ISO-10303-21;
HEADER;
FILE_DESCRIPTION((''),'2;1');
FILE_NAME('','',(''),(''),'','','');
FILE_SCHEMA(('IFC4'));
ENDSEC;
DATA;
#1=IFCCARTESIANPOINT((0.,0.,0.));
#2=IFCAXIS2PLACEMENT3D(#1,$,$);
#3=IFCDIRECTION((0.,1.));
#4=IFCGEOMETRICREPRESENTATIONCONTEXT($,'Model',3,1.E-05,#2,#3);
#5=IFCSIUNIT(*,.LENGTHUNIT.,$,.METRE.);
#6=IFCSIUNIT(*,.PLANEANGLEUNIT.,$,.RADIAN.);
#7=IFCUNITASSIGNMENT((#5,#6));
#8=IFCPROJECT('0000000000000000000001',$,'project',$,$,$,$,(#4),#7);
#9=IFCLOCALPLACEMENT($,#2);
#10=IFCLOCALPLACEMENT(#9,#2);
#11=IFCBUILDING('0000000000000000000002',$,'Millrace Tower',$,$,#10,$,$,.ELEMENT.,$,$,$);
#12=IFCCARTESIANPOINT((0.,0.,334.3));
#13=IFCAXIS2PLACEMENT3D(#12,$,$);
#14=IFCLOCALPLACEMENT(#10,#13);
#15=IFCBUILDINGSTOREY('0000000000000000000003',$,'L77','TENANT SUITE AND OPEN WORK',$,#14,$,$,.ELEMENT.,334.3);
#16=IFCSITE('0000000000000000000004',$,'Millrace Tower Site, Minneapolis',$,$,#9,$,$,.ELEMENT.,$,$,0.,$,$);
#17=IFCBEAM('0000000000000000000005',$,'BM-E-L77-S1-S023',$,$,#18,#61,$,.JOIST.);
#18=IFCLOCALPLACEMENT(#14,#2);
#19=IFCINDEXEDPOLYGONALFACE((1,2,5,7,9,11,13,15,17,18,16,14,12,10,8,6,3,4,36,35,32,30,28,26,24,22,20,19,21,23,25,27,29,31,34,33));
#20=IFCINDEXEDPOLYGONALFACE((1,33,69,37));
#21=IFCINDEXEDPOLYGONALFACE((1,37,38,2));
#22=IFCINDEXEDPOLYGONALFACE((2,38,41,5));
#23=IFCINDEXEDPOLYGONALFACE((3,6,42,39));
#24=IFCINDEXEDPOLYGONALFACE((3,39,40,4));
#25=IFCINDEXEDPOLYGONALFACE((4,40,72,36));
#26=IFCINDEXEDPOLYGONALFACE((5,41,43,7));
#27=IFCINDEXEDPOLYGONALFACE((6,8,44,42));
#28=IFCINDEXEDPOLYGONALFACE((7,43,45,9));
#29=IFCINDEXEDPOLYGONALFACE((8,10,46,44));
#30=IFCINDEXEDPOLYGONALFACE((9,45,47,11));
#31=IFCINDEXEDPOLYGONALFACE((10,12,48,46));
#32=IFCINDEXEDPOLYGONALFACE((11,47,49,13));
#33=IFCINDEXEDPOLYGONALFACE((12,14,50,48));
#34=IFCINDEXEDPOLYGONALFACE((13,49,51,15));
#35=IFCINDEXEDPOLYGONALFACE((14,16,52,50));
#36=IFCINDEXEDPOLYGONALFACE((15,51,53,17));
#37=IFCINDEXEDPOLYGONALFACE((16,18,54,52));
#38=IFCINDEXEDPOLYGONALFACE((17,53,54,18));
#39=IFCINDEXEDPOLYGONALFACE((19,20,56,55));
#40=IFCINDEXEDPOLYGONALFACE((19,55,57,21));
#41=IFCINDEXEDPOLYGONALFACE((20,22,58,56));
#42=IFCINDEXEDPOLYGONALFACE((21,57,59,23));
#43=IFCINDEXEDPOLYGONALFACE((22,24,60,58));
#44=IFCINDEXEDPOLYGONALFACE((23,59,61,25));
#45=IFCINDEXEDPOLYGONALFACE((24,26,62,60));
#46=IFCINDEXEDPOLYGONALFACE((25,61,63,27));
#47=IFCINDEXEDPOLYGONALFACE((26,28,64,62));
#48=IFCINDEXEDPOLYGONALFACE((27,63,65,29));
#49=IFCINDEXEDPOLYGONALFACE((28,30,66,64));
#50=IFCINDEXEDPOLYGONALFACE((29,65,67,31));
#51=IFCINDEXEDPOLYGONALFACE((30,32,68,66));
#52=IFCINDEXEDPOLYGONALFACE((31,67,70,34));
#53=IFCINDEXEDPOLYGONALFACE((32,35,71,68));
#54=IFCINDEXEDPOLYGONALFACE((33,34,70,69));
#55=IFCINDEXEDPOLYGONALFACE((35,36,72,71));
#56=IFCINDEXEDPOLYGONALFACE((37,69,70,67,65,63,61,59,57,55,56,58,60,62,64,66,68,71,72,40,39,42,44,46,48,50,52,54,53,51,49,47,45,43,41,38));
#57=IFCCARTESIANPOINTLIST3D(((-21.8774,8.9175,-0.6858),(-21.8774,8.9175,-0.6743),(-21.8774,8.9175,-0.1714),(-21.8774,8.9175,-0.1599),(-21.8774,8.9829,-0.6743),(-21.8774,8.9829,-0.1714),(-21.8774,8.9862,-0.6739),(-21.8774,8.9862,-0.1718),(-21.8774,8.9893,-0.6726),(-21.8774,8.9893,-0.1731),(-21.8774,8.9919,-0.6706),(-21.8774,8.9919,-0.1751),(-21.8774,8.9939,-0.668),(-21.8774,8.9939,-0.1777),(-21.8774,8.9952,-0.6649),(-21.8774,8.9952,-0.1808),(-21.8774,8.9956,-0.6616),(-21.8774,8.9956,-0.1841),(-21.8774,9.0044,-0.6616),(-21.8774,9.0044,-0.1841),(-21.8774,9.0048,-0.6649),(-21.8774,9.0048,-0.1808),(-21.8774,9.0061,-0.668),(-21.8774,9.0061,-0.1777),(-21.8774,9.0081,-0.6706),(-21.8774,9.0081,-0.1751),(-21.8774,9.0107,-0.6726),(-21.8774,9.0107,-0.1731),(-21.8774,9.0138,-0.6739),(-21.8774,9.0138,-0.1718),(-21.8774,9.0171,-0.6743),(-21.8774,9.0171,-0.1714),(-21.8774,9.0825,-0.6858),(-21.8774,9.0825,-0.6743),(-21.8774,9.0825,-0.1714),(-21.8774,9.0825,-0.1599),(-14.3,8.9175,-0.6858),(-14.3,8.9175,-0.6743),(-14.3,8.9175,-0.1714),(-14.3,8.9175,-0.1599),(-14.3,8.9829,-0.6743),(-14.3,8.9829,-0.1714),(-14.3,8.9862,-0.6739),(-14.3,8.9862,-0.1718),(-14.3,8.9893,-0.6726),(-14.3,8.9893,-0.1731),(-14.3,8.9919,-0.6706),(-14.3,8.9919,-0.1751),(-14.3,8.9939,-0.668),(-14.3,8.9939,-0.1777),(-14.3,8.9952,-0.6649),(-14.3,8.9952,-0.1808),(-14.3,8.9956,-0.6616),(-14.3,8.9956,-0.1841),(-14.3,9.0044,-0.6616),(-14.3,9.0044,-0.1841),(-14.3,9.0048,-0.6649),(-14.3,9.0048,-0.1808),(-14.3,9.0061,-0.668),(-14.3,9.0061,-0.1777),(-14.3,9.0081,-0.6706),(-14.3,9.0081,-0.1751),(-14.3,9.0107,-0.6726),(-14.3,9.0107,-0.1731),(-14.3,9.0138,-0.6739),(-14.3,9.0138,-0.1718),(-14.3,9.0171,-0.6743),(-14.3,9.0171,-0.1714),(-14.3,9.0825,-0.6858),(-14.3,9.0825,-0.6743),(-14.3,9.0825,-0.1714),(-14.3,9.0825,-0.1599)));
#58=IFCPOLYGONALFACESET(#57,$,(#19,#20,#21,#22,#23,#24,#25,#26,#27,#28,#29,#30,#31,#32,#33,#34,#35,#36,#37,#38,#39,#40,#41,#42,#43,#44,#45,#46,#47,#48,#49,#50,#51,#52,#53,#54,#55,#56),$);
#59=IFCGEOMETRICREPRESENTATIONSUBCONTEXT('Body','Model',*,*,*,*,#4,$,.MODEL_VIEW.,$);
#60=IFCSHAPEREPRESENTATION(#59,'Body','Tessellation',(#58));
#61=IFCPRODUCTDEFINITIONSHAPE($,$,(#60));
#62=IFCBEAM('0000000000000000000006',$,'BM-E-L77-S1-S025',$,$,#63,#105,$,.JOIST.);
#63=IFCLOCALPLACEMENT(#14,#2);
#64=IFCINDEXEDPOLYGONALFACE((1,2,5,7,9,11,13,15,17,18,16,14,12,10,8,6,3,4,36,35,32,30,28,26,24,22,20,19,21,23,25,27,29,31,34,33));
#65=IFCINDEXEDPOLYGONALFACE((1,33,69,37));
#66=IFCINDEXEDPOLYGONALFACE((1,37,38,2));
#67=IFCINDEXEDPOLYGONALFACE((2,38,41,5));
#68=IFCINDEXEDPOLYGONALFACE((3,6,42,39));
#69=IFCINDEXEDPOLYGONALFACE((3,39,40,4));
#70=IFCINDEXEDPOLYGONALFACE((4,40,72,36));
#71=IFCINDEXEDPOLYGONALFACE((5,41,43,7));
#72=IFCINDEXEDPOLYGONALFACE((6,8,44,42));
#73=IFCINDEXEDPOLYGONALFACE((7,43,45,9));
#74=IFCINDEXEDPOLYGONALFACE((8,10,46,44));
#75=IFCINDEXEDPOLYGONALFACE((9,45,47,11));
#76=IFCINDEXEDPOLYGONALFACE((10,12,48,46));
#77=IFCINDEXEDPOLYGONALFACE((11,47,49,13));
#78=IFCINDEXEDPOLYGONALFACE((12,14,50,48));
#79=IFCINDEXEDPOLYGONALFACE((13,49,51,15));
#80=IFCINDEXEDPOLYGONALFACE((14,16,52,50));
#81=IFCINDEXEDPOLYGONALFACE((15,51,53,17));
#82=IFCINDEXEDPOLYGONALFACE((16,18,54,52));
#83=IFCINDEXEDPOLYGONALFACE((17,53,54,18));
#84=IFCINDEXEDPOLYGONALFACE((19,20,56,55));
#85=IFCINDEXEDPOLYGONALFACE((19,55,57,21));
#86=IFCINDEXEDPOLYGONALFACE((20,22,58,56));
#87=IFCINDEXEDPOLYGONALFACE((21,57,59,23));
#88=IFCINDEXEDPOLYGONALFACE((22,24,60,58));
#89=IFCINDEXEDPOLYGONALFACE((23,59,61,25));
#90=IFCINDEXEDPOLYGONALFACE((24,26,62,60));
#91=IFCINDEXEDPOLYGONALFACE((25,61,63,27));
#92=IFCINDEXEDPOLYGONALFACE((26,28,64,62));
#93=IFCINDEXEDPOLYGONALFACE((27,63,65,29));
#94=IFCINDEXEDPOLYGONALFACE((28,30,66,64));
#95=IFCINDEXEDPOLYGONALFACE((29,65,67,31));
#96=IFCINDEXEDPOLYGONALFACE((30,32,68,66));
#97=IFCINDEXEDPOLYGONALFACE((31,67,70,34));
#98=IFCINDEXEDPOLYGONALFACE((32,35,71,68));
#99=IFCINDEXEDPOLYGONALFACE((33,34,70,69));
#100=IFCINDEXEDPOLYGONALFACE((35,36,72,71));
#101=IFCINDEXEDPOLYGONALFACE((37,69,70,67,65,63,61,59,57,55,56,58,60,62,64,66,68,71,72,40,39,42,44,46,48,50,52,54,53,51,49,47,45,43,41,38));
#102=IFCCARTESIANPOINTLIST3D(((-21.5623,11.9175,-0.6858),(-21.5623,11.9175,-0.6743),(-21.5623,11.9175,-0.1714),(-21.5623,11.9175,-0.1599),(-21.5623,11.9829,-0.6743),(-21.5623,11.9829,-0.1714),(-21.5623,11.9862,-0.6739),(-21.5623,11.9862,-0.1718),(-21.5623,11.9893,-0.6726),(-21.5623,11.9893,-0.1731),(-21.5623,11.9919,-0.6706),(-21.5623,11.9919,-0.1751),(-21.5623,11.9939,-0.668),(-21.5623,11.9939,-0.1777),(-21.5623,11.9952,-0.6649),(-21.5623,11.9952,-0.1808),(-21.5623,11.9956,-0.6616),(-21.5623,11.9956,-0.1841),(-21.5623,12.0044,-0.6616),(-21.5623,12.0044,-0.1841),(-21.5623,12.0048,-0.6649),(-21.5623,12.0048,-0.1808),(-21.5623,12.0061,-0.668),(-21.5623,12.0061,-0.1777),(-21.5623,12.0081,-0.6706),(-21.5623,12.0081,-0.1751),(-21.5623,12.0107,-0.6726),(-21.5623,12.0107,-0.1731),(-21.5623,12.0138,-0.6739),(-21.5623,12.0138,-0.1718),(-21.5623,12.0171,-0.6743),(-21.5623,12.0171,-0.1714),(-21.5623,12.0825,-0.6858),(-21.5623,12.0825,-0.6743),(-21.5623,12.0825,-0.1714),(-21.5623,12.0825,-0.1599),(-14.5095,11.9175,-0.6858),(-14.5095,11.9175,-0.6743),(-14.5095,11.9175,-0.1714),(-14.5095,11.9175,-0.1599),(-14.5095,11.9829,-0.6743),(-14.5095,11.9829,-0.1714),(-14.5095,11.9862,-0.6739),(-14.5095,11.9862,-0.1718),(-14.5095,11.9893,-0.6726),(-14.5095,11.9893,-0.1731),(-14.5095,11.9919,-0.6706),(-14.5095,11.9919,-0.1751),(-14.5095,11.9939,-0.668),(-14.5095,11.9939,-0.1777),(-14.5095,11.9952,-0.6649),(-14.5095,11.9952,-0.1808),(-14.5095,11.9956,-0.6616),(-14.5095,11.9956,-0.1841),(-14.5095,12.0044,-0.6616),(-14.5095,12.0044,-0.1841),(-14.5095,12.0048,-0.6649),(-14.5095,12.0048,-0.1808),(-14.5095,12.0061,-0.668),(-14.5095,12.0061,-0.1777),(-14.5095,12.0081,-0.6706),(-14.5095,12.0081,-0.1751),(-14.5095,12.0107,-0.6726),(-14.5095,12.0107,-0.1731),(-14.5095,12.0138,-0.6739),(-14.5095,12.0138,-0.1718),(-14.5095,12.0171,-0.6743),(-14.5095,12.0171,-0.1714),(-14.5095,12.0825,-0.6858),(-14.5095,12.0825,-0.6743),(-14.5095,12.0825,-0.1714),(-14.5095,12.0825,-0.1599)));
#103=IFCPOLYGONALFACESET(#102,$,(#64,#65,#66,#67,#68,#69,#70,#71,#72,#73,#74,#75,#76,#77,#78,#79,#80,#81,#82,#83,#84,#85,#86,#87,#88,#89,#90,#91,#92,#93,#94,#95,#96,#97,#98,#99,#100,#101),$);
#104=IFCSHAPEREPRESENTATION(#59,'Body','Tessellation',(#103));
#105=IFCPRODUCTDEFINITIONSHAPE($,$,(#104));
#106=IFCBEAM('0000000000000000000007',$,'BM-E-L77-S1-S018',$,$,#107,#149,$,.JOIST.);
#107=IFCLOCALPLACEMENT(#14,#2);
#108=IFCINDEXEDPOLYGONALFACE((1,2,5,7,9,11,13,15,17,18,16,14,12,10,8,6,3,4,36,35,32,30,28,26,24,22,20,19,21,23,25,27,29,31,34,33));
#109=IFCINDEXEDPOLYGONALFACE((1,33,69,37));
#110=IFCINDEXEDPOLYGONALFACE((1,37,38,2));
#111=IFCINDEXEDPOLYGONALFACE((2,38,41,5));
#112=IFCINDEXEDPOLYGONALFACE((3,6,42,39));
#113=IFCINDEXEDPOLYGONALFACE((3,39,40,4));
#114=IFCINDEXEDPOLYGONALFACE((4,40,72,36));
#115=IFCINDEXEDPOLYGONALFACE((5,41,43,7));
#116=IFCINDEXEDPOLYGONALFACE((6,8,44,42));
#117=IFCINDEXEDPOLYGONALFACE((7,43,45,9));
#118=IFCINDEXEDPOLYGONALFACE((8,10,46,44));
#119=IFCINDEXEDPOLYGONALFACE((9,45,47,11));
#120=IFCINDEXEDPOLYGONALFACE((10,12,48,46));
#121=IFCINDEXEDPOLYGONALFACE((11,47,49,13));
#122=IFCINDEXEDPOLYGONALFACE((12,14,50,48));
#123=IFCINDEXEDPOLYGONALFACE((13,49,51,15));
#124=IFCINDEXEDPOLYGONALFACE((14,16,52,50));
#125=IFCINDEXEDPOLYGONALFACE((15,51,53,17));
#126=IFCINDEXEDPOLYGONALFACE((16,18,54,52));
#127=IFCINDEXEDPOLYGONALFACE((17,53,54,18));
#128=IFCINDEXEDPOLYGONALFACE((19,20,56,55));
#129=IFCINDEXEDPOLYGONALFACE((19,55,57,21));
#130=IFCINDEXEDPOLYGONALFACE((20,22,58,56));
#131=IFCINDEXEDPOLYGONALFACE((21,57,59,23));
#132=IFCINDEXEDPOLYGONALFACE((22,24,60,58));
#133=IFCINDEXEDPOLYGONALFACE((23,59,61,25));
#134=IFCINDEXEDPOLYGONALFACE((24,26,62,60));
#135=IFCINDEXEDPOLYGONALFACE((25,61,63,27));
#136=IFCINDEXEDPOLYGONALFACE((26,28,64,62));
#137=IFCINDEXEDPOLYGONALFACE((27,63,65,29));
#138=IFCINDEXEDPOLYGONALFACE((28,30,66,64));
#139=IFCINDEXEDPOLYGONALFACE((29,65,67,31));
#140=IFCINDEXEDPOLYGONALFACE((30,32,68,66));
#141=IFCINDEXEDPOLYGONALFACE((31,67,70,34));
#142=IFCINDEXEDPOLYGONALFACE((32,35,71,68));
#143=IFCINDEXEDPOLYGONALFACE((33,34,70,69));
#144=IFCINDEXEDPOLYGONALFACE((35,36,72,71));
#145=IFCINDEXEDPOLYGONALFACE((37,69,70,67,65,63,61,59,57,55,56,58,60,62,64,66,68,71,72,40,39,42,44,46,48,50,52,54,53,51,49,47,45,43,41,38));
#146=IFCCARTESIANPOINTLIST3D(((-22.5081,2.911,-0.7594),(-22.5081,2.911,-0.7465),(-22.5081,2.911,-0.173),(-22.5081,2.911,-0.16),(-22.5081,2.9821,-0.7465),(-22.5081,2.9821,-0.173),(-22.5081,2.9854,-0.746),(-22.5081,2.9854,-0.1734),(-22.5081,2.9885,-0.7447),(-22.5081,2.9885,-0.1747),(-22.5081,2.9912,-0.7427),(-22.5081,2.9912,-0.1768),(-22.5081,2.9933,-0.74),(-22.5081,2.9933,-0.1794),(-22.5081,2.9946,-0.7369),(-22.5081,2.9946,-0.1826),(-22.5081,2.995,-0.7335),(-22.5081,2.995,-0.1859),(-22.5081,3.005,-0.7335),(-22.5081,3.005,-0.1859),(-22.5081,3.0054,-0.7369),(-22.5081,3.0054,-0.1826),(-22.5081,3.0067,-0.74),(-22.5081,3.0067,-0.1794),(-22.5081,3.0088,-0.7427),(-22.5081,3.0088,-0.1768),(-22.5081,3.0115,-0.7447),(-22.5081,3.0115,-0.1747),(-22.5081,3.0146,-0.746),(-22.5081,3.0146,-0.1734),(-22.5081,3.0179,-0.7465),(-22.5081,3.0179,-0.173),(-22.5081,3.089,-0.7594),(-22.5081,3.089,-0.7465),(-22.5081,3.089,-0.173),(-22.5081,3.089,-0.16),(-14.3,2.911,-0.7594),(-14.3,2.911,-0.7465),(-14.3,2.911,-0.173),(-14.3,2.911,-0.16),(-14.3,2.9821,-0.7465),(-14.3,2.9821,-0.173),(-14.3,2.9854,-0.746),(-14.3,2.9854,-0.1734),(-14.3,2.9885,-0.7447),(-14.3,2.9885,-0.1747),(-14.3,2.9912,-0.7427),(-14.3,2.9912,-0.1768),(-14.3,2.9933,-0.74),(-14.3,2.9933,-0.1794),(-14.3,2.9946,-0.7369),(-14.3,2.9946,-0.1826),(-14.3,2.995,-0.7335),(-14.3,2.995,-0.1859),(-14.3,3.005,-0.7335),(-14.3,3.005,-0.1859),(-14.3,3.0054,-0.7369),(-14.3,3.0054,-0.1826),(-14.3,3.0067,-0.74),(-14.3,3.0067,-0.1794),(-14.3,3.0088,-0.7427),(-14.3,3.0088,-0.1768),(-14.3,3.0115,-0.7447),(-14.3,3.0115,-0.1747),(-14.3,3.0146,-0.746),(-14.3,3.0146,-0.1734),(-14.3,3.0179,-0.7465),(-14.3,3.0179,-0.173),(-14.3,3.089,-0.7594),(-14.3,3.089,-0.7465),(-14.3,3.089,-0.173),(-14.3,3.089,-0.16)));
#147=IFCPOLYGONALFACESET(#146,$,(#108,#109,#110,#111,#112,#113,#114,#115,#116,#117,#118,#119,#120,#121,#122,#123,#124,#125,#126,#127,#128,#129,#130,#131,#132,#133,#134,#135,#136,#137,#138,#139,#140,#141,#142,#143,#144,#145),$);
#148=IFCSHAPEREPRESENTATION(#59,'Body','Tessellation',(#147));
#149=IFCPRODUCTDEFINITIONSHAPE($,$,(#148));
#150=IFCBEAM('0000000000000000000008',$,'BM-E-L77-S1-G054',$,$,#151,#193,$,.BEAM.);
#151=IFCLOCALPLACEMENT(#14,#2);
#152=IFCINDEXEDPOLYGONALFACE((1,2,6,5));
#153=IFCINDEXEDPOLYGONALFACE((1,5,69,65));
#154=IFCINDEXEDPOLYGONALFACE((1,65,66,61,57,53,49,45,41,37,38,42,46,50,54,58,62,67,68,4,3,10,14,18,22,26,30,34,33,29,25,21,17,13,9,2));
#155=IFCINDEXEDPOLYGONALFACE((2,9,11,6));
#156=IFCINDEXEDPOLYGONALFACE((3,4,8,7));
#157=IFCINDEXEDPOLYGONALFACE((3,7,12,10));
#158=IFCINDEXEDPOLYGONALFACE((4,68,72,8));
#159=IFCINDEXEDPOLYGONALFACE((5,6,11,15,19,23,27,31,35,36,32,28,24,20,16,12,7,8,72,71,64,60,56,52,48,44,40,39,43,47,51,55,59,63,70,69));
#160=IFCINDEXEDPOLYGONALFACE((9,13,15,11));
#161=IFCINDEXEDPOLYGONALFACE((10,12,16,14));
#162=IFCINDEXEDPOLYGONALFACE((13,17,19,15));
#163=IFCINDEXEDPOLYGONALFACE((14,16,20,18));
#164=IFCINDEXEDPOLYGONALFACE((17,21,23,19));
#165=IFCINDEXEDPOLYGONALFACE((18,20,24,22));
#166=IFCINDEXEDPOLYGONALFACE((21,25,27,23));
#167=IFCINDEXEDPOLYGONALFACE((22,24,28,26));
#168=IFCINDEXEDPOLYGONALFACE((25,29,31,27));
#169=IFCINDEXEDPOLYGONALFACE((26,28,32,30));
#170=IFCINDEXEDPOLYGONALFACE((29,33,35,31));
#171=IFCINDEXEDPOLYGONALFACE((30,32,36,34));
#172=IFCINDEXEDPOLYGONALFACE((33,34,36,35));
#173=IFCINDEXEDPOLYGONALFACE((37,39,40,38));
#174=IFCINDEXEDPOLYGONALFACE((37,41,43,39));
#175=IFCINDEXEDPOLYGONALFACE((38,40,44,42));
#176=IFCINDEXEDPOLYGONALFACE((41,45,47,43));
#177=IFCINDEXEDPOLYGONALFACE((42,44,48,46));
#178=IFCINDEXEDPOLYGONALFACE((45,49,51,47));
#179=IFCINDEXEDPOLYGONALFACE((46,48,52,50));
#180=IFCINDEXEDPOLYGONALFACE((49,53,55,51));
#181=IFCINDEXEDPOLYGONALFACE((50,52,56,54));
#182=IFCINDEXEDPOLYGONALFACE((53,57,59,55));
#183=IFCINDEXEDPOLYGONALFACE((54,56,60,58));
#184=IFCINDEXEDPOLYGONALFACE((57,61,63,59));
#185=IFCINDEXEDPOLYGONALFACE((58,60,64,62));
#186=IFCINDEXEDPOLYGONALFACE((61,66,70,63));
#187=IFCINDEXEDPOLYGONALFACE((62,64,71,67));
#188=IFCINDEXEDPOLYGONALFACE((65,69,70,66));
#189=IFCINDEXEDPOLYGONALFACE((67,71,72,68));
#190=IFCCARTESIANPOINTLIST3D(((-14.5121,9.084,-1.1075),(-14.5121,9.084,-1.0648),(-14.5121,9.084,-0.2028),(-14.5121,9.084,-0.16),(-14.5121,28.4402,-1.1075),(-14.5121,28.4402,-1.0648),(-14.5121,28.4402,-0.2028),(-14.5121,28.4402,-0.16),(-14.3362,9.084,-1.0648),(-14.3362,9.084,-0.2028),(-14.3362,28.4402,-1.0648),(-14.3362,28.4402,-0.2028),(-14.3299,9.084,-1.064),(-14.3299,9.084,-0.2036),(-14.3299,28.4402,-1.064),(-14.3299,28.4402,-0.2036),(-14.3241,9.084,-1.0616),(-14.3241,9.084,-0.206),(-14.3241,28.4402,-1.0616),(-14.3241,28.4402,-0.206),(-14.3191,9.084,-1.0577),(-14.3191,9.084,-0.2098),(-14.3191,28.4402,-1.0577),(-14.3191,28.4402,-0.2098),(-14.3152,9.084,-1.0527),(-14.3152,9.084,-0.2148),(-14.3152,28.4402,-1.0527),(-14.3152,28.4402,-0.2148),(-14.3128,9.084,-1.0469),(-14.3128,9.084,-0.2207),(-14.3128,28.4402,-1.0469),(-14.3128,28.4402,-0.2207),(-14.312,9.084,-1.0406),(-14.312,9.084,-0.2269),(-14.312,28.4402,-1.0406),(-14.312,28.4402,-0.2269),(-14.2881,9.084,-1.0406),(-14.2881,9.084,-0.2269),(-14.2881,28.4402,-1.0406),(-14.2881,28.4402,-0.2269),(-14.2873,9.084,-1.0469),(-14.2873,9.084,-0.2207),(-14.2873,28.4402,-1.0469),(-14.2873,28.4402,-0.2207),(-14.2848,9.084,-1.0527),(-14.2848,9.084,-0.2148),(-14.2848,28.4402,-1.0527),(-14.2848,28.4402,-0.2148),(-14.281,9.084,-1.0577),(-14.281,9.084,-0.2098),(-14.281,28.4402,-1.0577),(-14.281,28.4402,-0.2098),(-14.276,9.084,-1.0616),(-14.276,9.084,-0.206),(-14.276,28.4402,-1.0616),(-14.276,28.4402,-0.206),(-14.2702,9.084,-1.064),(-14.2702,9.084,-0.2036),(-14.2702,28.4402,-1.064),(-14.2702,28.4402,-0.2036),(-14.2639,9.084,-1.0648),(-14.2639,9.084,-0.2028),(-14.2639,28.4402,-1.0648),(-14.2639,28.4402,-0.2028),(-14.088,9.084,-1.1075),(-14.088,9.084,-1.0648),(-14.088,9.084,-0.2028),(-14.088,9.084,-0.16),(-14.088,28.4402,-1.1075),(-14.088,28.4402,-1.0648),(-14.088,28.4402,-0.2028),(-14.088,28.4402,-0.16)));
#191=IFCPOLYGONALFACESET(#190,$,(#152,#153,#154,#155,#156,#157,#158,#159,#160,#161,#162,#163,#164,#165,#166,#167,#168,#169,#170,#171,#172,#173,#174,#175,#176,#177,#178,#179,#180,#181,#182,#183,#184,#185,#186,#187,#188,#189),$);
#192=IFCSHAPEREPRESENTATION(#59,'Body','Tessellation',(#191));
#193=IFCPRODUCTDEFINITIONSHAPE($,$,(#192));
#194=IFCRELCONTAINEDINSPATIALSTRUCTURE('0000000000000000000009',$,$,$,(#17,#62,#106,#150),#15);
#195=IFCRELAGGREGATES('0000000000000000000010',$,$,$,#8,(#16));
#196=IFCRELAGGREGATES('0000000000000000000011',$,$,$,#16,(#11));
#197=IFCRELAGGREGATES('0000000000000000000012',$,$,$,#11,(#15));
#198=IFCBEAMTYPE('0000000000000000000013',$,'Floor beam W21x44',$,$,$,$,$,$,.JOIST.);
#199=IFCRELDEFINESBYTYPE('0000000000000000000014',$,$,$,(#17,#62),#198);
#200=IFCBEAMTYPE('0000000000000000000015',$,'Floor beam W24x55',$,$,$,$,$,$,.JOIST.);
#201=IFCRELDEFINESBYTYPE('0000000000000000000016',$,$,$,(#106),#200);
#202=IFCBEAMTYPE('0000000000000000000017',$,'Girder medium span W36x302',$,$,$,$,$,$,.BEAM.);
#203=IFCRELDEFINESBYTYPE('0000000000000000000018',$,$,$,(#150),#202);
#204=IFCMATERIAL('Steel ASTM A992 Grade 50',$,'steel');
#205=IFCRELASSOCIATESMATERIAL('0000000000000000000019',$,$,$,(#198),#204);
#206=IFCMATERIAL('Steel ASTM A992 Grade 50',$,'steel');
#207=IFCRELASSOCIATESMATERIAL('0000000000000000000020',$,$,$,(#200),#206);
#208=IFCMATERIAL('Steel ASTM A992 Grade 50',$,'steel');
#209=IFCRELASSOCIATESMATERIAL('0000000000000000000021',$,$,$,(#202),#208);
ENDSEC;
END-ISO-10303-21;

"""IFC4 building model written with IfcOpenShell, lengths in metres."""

from ifc_helpers import new_model, si_unit, direction, frame, origin, origin_2d, place, context, subcontext, project, spatial, i_section, extrude, material, material_profile, profile_set, type_object, element, save


model = new_model("IFC4")

# Units and contexts
model_context = context("Model", 3, precision=1e-05, world=origin(), true_north=direction((0.0, 1.0)))
body_context = subcontext(model_context, "Body", "Model", "MODEL_VIEW")
ifc_project = project(units=[si_unit("LENGTHUNIT", "METRE"), si_unit("PLANEANGLEUNIT", "RADIAN")], contexts=[model_context])

# Site, building, storey
site_placement = place(None, origin())
site = spatial("IfcSite", under=ifc_project, at=site_placement, Name="Millrace Tower Site, Minneapolis", CompositionType="ELEMENT", RefElevation=0.0)
building_placement = place(site_placement, origin())
building = spatial("IfcBuilding", under=site, at=building_placement, Name="Millrace Tower", CompositionType="ELEMENT")
storey_placement = place(building_placement, frame((0.0, 0.0, 334.3)))
storey = spatial("IfcBuildingStorey", under=building, at=storey_placement, Name="L77", Description="TENANT SUITE AND OPEN WORK", CompositionType="ELEMENT", Elevation=334.3)

# Beams
ifc_material_1 = material(Name="Steel ASTM A992 Grade 50", Category="steel")
ifc_material_profile_1 = material_profile(ifc_material_1, i_section(OverallWidth=0.165, OverallDepth=0.5259, WebThickness=0.0088, FlangeThickness=0.0115, FilletRadius=0.0127, at=origin_2d()))
ifc_profile_set_1 = profile_set([ifc_material_profile_1], Name="Steel ASTM A992 Grade 50")
beam_type_1 = type_object("IfcBeamType", Name="Floor beam W21x44", PredefinedType="JOIST", material=ifc_profile_set_1)
beam_1_placement = place(storey_placement, frame((-21.8774, 9.0, -0.4229), z_axis=(1.0, 0.0, 0.0), x_axis=(0.0, 1.0, 0.0)))
element("IfcBeam", 1, at=beam_1_placement, inside=storey, type_object=beam_type_1, Name="BM-E-L77-S1-S023", PredefinedType="JOIST", context=body_context, shape_type="SweptSolid", body=[
    extrude(i_section(OverallWidth=0.165, OverallDepth=0.5259, WebThickness=0.0088, FlangeThickness=0.0115, FilletRadius=0.0127, at=origin_2d()), origin(), (0.0, 0.0, 1.0), 7.5774),
])
beam_2_placement = place(storey_placement, frame((-21.5623, 12.0, -0.4229), z_axis=(1.0, 0.0, 0.0), x_axis=(0.0, 1.0, 0.0)))
element("IfcBeam", 2, at=beam_2_placement, inside=storey, type_object=beam_type_1, Name="BM-E-L77-S1-S025", PredefinedType="JOIST", context=body_context, shape_type="SweptSolid", body=[
    extrude(i_section(OverallWidth=0.165, OverallDepth=0.5259, WebThickness=0.0088, FlangeThickness=0.0115, FilletRadius=0.0127, at=origin_2d()), origin(), (0.0, 0.0, 1.0), 7.0527),
])
ifc_material_2 = material(Name="Steel ASTM A992 Grade 50", Category="steel")
ifc_material_profile_2 = material_profile(ifc_material_2, i_section(OverallWidth=0.178, OverallDepth=0.5994, WebThickness=0.01, FlangeThickness=0.0129, FilletRadius=0.0129, at=origin_2d()))
ifc_profile_set_2 = profile_set([ifc_material_profile_2], Name="Steel ASTM A992 Grade 50")
beam_type_2 = type_object("IfcBeamType", Name="Floor beam W24x55", PredefinedType="JOIST", material=ifc_profile_set_2)
beam_3_placement = place(storey_placement, frame((-22.5081, 3.0, -0.4597), z_axis=(1.0, 0.0, 0.0), x_axis=(0.0, 1.0, 0.0)))
element("IfcBeam", 3, at=beam_3_placement, inside=storey, type_object=beam_type_2, Name="BM-E-L77-S1-S018", PredefinedType="JOIST", context=body_context, shape_type="SweptSolid", body=[
    extrude(i_section(OverallWidth=0.178, OverallDepth=0.5994, WebThickness=0.01, FlangeThickness=0.0129, FilletRadius=0.0129, at=origin_2d()), origin(), (0.0, 0.0, 1.0), 8.208),
])
ifc_material_3 = material(Name="Steel ASTM A992 Grade 50", Category="steel")
ifc_material_profile_3 = material_profile(ifc_material_3, i_section(OverallWidth=0.4241, OverallDepth=0.9475, WebThickness=0.0239, FlangeThickness=0.0427, FilletRadius=0.0242, at=origin_2d()))
ifc_profile_set_3 = profile_set([ifc_material_profile_3], Name="Steel ASTM A992 Grade 50")
beam_type_3 = type_object("IfcBeamType", Name="Girder medium span W36x302", PredefinedType="BEAM", material=ifc_profile_set_3)
beam_4_placement = place(storey_placement, frame((-14.3, 9.084, -0.6338), z_axis=(0.0, 1.0, 0.0), x_axis=(-1.0, 0.0, 0.0)))
element("IfcBeam", 4, at=beam_4_placement, inside=storey, type_object=beam_type_3, Name="BM-E-L77-S1-G054", PredefinedType="BEAM", context=body_context, shape_type="SweptSolid", body=[
    extrude(i_section(OverallWidth=0.4241, OverallDepth=0.9475, WebThickness=0.0239, FlangeThickness=0.0427, FilletRadius=0.0242, at=origin_2d()), origin(), (0.0, 0.0, 1.0), 19.3562),
])

save(model, "model.ifc")
